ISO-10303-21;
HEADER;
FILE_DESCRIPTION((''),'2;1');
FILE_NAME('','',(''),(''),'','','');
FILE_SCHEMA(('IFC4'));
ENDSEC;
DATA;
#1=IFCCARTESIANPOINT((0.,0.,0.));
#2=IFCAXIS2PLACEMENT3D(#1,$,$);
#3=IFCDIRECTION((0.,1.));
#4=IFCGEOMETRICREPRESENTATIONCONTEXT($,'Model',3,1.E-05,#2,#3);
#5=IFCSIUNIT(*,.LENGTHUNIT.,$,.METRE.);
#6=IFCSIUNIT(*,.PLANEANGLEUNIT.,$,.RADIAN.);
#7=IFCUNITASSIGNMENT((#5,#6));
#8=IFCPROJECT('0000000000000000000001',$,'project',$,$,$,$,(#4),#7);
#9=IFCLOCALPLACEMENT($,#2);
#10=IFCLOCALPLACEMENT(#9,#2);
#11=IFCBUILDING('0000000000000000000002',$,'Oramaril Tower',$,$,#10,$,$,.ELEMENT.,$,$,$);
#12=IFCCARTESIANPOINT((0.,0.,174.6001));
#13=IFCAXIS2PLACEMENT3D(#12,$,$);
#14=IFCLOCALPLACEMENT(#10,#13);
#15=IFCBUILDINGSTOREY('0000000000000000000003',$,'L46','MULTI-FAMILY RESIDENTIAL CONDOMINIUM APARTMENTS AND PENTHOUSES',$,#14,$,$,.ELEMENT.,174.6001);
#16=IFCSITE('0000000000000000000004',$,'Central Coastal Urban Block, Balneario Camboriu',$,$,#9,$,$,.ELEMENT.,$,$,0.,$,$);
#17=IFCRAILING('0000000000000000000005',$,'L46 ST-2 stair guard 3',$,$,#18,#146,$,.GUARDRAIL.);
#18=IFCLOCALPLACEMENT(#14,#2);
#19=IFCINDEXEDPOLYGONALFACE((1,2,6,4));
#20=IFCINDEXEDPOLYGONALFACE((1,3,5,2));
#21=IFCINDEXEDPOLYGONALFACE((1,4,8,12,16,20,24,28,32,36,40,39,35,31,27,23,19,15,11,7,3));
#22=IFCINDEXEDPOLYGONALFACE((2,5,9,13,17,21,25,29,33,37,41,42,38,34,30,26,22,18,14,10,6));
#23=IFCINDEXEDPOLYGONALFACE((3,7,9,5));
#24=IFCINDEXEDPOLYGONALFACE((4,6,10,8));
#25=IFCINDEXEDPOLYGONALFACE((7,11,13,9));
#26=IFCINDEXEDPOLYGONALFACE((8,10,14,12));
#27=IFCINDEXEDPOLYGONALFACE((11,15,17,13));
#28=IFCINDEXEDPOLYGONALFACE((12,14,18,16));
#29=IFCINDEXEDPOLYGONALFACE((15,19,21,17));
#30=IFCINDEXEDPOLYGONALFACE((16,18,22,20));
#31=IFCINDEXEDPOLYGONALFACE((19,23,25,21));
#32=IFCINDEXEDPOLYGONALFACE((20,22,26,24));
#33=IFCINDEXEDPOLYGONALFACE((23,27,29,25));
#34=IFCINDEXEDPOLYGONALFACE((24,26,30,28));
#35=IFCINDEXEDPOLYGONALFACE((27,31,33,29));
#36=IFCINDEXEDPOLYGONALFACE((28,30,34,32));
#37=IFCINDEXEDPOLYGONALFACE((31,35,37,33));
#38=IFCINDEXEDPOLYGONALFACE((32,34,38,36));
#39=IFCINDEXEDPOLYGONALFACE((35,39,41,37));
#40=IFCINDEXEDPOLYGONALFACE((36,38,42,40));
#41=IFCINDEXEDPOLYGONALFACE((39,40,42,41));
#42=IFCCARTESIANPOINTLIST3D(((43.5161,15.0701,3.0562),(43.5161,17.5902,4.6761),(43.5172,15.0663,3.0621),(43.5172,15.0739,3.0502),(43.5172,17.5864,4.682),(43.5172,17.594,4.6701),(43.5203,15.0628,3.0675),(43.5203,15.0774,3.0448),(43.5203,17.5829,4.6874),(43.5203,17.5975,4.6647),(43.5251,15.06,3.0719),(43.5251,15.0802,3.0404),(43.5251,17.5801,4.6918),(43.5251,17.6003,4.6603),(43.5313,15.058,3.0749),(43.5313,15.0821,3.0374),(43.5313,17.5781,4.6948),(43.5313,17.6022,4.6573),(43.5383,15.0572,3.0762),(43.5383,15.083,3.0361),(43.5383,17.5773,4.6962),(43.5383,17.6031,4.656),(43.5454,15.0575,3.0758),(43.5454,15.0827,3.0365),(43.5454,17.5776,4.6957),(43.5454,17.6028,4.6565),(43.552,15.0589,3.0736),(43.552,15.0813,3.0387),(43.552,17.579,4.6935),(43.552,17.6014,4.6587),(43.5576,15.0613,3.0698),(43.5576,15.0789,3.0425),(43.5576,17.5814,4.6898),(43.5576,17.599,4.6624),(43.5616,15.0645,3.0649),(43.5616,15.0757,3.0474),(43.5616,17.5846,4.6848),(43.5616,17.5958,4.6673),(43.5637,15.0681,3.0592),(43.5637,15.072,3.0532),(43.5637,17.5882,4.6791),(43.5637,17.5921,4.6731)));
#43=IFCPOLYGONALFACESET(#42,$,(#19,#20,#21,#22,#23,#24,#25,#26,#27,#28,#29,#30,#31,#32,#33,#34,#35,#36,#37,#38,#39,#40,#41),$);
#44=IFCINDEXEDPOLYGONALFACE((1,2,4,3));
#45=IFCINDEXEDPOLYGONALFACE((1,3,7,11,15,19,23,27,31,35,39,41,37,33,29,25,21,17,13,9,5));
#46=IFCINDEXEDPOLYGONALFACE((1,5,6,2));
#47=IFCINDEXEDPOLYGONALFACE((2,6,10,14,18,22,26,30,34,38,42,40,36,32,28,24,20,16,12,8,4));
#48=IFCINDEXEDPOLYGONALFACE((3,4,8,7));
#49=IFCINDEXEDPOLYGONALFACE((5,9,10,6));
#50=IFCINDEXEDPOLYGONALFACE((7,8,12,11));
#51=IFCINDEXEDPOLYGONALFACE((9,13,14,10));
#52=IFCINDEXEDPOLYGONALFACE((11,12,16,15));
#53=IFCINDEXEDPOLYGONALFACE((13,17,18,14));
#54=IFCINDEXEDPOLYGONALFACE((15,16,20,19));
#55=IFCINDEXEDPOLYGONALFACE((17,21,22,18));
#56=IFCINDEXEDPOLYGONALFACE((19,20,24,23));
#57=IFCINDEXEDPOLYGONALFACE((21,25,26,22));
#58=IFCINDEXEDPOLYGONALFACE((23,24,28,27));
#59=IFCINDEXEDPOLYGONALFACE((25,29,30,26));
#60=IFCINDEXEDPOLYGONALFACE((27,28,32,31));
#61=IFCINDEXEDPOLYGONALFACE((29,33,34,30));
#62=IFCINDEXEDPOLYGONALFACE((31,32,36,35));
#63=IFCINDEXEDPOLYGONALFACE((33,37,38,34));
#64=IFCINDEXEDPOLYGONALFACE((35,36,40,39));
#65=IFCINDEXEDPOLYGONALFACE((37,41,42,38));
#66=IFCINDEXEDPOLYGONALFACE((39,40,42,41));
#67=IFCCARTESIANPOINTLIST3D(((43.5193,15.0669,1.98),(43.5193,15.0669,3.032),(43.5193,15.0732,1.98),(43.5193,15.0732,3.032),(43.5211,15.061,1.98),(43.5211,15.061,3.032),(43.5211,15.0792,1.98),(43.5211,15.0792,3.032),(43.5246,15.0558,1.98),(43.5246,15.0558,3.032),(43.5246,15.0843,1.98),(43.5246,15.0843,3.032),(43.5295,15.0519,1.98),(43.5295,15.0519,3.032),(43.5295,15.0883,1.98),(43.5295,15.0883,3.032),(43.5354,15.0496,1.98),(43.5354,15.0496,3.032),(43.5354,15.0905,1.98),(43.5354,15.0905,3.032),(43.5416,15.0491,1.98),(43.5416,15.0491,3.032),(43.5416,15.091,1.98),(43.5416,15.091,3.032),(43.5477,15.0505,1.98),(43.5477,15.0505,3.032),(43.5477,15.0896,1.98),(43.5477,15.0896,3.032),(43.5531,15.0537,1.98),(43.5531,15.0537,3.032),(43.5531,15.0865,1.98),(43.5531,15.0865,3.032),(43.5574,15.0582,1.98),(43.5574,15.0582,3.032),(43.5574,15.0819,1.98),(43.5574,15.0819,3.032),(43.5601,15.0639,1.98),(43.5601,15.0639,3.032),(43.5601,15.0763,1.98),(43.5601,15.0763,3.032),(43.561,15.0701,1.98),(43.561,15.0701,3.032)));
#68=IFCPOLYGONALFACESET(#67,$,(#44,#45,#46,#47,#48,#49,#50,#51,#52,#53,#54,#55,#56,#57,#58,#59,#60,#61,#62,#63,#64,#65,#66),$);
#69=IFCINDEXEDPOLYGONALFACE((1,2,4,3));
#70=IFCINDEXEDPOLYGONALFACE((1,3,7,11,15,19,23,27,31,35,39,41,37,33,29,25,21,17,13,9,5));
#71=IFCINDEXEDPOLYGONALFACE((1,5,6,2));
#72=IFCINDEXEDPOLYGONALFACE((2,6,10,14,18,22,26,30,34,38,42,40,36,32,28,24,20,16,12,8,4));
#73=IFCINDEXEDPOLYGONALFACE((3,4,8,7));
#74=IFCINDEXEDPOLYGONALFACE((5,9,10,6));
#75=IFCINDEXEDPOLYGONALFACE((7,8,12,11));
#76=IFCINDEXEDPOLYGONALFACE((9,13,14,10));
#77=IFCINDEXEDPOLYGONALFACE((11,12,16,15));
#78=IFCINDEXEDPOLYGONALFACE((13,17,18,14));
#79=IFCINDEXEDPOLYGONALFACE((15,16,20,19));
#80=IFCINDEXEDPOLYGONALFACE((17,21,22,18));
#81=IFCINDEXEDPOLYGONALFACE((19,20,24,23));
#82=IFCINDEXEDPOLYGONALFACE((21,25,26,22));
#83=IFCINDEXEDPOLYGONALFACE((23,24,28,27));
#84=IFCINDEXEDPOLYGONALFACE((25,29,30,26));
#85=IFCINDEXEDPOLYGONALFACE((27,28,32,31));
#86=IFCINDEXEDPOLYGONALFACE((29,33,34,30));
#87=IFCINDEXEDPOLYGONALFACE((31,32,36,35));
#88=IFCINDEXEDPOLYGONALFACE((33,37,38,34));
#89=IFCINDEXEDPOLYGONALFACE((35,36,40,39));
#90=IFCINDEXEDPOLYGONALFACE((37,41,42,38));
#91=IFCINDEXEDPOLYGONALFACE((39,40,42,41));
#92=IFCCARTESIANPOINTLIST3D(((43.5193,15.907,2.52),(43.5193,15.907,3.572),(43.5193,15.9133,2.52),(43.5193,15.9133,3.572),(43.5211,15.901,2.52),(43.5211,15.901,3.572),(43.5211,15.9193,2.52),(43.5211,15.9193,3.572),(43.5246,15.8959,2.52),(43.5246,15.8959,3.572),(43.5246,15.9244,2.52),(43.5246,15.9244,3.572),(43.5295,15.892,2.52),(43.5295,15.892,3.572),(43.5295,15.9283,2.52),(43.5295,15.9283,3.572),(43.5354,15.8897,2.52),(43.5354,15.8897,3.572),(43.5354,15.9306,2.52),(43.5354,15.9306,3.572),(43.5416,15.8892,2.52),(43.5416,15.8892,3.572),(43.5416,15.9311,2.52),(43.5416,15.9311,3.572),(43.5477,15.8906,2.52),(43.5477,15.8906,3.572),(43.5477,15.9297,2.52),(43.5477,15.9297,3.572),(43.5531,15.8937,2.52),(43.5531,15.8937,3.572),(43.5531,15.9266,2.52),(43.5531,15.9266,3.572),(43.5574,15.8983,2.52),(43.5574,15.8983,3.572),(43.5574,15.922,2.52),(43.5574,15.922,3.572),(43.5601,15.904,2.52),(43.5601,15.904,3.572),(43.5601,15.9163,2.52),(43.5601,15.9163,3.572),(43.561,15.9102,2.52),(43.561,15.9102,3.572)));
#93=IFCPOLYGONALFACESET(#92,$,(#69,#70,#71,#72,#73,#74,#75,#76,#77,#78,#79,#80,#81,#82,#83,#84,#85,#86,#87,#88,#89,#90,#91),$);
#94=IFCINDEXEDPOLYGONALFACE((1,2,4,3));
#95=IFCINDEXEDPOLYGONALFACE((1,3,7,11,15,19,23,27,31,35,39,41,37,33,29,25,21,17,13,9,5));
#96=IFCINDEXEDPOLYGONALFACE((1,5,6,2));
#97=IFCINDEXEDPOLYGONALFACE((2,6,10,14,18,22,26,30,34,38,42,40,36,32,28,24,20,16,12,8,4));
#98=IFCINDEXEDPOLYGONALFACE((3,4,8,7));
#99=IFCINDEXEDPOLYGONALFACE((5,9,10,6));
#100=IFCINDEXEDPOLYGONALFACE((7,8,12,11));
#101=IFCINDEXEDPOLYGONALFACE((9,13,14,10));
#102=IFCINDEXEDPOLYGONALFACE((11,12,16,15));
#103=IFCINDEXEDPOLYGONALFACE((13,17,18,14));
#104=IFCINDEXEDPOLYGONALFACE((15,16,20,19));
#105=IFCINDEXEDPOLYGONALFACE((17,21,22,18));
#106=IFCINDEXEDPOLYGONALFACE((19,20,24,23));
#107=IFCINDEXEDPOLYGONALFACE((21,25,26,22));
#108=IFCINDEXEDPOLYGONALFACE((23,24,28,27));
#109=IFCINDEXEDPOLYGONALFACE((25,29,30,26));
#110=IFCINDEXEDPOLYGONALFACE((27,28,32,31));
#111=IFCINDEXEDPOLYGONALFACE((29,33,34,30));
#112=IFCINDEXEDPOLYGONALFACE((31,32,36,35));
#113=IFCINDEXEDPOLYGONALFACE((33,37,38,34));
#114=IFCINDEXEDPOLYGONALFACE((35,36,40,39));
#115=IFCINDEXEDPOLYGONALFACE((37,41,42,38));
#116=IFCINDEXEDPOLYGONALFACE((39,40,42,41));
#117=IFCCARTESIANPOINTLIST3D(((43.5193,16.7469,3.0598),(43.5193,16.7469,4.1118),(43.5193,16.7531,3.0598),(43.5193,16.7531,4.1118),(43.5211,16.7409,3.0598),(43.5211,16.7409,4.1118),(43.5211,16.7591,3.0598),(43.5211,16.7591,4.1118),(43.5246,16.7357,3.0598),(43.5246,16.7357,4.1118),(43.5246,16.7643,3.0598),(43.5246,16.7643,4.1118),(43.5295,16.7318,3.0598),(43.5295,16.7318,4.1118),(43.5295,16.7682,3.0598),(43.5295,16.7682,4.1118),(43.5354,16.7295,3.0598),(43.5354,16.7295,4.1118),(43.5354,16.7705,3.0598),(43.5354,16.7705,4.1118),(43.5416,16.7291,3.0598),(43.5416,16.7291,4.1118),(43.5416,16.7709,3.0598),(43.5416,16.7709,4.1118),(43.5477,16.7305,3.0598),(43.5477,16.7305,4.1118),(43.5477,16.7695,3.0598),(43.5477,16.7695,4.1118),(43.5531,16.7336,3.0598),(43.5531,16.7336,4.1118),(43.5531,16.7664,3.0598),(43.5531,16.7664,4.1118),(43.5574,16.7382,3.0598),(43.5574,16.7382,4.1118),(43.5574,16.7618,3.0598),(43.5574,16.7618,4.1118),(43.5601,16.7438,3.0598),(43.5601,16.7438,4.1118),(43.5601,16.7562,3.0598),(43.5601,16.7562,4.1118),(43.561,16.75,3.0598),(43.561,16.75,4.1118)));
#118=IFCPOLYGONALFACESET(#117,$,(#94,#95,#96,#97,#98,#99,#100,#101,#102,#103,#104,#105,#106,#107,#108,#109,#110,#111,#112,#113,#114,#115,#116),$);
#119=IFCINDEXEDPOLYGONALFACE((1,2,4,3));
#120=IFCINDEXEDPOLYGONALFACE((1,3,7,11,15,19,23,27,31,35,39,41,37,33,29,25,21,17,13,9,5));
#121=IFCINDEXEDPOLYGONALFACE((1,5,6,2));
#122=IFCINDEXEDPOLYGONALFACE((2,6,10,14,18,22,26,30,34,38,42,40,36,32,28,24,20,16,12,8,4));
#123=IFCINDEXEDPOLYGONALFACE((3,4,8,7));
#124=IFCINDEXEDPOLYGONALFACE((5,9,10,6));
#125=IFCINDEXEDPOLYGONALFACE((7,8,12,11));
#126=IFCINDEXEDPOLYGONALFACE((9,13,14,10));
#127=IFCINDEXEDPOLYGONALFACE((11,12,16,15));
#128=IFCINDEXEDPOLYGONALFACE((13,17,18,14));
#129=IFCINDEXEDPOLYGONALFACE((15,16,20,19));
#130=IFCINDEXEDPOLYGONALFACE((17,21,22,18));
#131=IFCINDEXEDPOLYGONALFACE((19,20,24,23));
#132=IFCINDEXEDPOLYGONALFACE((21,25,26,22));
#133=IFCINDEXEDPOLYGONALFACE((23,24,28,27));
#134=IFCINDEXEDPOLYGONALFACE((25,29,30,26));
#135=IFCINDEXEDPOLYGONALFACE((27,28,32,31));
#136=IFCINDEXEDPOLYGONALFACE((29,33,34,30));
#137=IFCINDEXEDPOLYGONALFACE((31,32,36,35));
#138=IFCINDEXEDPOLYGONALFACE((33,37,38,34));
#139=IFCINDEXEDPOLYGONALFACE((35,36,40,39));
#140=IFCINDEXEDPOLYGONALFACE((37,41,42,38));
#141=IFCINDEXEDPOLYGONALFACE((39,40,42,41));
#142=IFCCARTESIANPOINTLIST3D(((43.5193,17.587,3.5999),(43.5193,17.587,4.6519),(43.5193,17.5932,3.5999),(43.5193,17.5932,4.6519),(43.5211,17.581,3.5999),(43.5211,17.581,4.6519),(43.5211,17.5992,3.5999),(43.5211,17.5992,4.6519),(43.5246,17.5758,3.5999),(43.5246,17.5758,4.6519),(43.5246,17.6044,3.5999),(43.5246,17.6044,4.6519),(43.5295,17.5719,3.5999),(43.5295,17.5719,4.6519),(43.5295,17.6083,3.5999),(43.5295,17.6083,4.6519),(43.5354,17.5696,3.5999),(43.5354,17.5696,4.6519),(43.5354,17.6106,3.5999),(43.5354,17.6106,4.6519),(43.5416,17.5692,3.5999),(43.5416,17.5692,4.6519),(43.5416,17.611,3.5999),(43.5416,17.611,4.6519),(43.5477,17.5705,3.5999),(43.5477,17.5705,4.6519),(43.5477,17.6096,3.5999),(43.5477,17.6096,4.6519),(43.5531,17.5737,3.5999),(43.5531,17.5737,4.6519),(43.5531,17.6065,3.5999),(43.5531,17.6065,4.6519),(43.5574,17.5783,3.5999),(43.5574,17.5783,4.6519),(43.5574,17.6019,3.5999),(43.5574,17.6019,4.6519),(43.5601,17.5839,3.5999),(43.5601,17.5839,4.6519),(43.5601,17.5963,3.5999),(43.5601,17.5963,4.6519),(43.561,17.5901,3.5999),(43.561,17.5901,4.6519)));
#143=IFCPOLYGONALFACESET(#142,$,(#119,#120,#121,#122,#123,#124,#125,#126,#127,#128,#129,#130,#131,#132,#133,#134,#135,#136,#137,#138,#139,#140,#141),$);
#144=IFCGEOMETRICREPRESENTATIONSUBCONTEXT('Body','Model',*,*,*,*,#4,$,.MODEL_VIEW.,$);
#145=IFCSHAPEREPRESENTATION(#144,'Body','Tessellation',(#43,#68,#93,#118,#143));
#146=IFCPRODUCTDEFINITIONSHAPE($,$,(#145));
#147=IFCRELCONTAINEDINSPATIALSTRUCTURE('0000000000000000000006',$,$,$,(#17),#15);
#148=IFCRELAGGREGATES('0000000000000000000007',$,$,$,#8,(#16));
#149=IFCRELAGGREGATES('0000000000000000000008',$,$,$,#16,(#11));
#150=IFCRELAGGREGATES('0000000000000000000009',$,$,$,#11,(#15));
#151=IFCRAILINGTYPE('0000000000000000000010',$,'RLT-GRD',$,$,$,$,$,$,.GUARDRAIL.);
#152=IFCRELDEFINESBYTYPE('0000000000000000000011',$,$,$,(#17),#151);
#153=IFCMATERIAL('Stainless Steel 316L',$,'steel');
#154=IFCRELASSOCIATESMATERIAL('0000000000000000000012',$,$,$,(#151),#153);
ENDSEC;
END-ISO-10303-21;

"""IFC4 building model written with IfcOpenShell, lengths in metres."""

from ifc_helpers import new_model, si_unit, direction, frame, origin, origin_2d, place, context, subcontext, project, spatial, circle, extrude, material, type_object, element, save


model = new_model("IFC4")

# Units and contexts
model_context = context("Model", 3, precision=1e-05, world=origin(), true_north=direction((0.0, 1.0)))
body_context = subcontext(model_context, "Body", "Model", "MODEL_VIEW")
ifc_project = project(units=[si_unit("LENGTHUNIT", "METRE"), si_unit("PLANEANGLEUNIT", "RADIAN")], contexts=[model_context])

# Site, building, storey
site_placement = place(None, origin())
site = spatial("IfcSite", under=ifc_project, at=site_placement, Name="Central Coastal Urban Block, Balneario Camboriu", CompositionType="ELEMENT", RefElevation=0.0)
building_placement = place(site_placement, origin())
building = spatial("IfcBuilding", under=site, at=building_placement, Name="Oramaril Tower", CompositionType="ELEMENT")
storey_placement = place(building_placement, frame((0.0, 0.0, 174.6001)))
storey = spatial("IfcBuildingStorey", under=building, at=storey_placement, Name="L46", Description="MULTI-FAMILY RESIDENTIAL CONDOMINIUM APARTMENTS AND PENTHOUSES", CompositionType="ELEMENT", Elevation=174.6001)

# Railing
ifc_material_1 = material(Name="Stainless Steel 316L", Category="steel")
railing_type_1 = type_object("IfcRailingType", Name="RLT-GRD", PredefinedType="GUARDRAIL", material=ifc_material_1)
railing_1_placement = place(storey_placement, frame((43.54, 15.0701, 1.98)))
element("IfcRailing", 1, at=railing_1_placement, inside=storey, type_object=railing_type_1, Name="L46 ST-2 stair guard 3", PredefinedType="GUARDRAIL", context=body_context, shape_type="SweptSolid", body=[
    extrude(circle(Radius=0.0239, at=origin_2d()), frame((0.0, 0.0, 1.0762), z_axis=(0.0, 0.8412, 0.540725), x_axis=(-1.0, 0.0, 0.0)), (0.0, 0.0, 1.0), 2.9958),
    extrude(circle(Radius=0.021, at=origin_2d()), origin(), (0.0, 0.0, 1.0), 1.052),
    extrude(circle(Radius=0.021, at=origin_2d()), frame((0.0, 0.8401, 0.54)), (0.0, 0.0, 1.0), 1.052),
    extrude(circle(Radius=0.021, at=origin_2d()), frame((0.0, 1.6799, 1.0798)), (0.0, 0.0, 1.0), 1.052),
    extrude(circle(Radius=0.021, at=origin_2d()), frame((0.0, 2.52, 1.6199)), (0.0, 0.0, 1.0), 1.052),
])

save(model, "model.ifc")
